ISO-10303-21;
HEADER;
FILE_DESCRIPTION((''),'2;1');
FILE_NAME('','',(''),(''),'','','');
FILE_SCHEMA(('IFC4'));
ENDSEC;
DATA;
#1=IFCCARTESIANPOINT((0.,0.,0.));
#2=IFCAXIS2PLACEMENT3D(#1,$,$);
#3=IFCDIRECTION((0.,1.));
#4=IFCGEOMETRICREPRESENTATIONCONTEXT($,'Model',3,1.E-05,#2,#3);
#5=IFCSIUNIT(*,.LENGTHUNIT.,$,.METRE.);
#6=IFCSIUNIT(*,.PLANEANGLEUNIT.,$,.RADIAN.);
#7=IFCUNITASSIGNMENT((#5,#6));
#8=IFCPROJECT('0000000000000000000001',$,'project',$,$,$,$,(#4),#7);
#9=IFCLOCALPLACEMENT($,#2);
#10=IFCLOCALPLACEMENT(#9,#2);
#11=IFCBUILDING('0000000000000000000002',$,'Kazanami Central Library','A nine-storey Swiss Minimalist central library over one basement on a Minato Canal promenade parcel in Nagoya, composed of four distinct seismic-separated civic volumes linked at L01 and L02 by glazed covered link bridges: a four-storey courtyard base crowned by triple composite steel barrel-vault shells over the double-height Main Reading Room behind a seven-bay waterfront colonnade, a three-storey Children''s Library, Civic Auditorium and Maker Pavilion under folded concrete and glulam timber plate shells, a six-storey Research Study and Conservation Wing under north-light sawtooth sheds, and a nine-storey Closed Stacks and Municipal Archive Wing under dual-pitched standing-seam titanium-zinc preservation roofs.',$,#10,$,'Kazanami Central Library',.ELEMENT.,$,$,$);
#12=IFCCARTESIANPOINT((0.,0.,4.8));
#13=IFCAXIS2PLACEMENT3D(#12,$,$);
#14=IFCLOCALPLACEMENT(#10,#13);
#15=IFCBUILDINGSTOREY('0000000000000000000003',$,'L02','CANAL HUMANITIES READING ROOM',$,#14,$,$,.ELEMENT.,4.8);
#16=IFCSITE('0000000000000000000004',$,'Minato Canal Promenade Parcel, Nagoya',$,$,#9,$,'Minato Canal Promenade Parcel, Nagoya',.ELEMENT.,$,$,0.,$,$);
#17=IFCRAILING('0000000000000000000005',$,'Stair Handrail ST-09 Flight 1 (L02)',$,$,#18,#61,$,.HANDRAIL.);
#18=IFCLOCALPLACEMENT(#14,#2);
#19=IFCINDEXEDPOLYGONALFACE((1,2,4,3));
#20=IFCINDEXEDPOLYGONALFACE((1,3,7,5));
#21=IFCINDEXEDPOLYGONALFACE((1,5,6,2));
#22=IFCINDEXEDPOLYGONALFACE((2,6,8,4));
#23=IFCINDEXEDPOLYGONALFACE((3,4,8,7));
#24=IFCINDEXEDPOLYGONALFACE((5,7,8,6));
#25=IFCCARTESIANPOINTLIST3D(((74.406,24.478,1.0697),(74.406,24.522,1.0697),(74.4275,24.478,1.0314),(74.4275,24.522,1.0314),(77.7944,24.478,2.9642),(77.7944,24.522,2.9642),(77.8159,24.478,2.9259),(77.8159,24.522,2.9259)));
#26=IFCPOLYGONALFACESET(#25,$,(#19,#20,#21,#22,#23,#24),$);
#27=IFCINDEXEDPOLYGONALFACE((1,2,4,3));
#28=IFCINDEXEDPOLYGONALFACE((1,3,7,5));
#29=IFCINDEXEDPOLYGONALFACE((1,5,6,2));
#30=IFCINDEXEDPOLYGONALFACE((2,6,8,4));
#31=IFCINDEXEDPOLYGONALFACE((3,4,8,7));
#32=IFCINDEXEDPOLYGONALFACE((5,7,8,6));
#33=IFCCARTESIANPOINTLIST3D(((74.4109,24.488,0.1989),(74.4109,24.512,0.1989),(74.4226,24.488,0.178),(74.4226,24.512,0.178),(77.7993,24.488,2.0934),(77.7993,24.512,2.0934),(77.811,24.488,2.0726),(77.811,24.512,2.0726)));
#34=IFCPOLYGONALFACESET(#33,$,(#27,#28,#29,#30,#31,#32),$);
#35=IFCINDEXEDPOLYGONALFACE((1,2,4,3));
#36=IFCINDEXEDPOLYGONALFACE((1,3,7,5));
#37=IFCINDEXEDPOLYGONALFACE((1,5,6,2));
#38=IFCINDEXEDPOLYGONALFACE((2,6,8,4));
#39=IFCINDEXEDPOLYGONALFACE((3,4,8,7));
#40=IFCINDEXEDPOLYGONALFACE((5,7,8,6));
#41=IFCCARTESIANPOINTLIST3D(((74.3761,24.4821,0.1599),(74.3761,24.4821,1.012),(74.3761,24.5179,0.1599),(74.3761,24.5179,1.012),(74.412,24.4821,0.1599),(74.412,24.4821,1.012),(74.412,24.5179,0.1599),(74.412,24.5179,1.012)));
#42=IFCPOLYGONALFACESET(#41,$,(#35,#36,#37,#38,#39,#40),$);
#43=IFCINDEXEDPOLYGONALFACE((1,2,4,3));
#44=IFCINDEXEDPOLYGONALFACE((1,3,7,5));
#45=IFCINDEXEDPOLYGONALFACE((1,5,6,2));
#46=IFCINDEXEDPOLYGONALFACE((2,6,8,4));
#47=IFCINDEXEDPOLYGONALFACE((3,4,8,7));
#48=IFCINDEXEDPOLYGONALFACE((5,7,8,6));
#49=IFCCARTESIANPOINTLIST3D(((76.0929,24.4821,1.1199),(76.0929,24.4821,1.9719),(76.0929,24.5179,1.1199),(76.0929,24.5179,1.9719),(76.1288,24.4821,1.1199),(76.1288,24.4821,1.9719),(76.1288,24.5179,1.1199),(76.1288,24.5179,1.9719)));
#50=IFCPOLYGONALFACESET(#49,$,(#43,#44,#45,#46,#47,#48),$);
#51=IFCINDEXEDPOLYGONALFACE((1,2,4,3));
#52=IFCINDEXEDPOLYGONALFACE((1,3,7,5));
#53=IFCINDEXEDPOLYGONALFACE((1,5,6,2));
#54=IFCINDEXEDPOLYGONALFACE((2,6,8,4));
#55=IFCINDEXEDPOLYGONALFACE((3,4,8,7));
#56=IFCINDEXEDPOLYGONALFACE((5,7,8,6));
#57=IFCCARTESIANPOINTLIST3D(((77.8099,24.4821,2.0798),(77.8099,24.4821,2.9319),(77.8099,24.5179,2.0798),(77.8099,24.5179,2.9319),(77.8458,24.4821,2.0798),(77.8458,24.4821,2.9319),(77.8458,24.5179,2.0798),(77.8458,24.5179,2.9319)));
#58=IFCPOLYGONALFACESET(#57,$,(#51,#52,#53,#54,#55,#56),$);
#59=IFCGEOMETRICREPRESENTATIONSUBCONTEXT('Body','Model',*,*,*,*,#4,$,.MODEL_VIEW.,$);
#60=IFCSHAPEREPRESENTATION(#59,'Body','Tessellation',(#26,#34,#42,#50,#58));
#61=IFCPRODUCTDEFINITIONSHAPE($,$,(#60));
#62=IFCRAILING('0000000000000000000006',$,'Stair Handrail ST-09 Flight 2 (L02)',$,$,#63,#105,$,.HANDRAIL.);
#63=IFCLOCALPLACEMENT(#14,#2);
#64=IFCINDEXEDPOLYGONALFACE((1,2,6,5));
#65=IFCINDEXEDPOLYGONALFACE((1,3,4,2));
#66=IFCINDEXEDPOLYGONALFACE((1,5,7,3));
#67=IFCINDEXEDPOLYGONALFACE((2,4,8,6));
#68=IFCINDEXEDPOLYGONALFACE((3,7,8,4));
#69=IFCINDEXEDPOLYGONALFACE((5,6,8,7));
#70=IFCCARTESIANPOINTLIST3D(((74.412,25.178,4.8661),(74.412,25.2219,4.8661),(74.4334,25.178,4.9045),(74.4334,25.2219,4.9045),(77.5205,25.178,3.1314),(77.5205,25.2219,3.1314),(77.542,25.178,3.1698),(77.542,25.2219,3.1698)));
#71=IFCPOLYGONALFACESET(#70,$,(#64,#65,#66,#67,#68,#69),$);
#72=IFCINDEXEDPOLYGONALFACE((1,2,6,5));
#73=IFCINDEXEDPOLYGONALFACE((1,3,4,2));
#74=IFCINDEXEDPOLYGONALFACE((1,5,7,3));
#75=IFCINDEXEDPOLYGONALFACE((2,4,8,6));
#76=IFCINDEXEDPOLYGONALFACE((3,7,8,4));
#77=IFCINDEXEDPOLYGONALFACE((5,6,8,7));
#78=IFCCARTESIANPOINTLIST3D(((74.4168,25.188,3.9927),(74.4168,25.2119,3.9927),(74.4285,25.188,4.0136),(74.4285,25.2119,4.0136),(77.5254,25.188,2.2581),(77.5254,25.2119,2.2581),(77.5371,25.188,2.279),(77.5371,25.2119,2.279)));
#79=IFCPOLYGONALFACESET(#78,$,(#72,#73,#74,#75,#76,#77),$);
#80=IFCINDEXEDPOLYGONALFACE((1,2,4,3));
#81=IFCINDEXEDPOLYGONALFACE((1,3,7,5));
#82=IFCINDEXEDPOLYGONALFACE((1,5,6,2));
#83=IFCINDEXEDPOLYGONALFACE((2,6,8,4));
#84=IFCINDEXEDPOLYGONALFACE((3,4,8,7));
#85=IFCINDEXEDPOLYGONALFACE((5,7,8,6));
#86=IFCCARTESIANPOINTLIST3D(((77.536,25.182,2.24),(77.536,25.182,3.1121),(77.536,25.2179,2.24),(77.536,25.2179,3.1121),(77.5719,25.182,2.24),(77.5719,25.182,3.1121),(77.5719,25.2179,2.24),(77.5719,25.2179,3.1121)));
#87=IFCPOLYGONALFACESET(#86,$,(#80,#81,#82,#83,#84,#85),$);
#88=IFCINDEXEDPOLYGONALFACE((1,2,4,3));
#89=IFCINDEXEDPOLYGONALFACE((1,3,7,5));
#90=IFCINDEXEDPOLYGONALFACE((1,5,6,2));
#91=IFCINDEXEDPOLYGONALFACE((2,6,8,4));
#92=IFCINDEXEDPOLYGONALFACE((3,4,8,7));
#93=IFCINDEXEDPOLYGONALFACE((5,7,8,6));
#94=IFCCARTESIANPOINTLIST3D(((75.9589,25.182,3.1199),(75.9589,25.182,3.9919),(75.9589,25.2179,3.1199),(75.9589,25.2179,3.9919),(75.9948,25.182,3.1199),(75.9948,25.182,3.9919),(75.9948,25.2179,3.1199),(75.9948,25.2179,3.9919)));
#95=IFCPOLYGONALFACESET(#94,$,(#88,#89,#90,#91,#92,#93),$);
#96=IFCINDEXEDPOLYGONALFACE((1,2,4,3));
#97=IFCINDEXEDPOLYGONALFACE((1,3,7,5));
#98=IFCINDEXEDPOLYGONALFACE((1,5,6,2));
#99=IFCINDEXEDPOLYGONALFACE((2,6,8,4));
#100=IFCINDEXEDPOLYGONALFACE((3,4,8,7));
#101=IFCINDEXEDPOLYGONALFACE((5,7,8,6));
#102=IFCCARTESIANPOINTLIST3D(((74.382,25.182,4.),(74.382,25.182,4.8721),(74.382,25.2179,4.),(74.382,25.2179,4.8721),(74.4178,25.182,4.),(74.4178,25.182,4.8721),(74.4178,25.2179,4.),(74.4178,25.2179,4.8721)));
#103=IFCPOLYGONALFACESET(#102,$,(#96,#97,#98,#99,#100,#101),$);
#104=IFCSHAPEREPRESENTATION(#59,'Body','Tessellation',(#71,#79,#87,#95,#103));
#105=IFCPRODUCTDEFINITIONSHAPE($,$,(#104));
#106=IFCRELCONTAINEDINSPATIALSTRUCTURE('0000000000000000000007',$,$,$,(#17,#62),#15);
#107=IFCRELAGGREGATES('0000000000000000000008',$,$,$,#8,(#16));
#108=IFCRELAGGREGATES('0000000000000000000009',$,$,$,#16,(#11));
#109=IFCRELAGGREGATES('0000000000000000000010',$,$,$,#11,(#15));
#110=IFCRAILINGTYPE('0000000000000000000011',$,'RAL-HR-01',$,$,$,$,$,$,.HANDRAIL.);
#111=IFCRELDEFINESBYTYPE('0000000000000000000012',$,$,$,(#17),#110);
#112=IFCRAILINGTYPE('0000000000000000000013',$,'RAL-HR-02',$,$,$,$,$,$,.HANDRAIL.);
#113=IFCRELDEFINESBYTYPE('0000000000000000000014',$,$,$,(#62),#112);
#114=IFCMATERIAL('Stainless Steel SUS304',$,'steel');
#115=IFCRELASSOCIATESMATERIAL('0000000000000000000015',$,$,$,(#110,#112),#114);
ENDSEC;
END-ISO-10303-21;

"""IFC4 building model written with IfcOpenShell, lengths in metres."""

from ifc_helpers import new_model, si_unit, direction, frame, origin, origin_2d, place, context, subcontext, project, spatial, rectangle, extrude, material, type_object, element, save


model = new_model("IFC4")

# Units and contexts
model_context = context("Model", 3, precision=1e-05, world=origin(), true_north=direction((0.0, 1.0)))
body_context = subcontext(model_context, "Body", "Model", "MODEL_VIEW")
ifc_project = project(units=[si_unit("LENGTHUNIT", "METRE"), si_unit("PLANEANGLEUNIT", "RADIAN")], contexts=[model_context])

# Site, building, storey
site_placement = place(None, origin())
site = spatial("IfcSite", under=ifc_project, at=site_placement, Name="Minato Canal Promenade Parcel, Nagoya", LongName="Minato Canal Promenade Parcel, Nagoya", CompositionType="ELEMENT", RefElevation=0.0)
building_placement = place(site_placement, origin())
building = spatial("IfcBuilding", under=site, at=building_placement, Name="Kazanami Central Library", Description="A nine-storey Swiss Minimalist central library over one basement on a Minato Canal promenade parcel in Nagoya, composed of four distinct seismic-separated civic volumes linked at L01 and L02 by glazed covered link bridges: a four-storey courtyard base crowned by triple composite steel barrel-vault shells over the double-height Main Reading Room behind a seven-bay waterfront colonnade, a three-storey Children's Library, Civic Auditorium and Maker Pavilion under folded concrete and glulam timber plate shells, a six-storey Research Study and Conservation Wing under north-light sawtooth sheds, and a nine-storey Closed Stacks and Municipal Archive Wing under dual-pitched standing-seam titanium-zinc preservation roofs.", LongName="Kazanami Central Library", CompositionType="ELEMENT")
storey_placement = place(building_placement, frame((0.0, 0.0, 4.8)))
storey = spatial("IfcBuildingStorey", under=building, at=storey_placement, Name="L02", Description="CANAL HUMANITIES READING ROOM", CompositionType="ELEMENT", Elevation=4.8)

# Railings
ifc_material_1 = material(Name="Stainless Steel SUS304", Category="steel")
railing_type_1 = type_object("IfcRailingType", Name="RAL-HR-01", PredefinedType="HANDRAIL", material=ifc_material_1)
railing_1_placement = place(storey_placement, frame((74.394, 24.5, 0.1599)))
element("IfcRailing", 1, at=railing_1_placement, inside=storey, type_object=railing_type_1, Name="Stair Handrail ST-09 Flight 1 (L02)", PredefinedType="HANDRAIL", context=body_context, shape_type="SweptSolid", body=[
    extrude(rectangle(XDim=0.0439, YDim=0.0439, at=origin_2d()), frame((0.0227, 0.0, 0.8906), z_axis=(0.872834, 0.0, 0.488017), x_axis=(0.0, 1.0, 0.0)), (0.0, 0.0, 1.0), 3.8821),
    extrude(rectangle(XDim=0.0239, YDim=0.0239, at=origin_2d()), frame((0.0227, 0.0, 0.0286), z_axis=(0.872834, 0.0, 0.488017), x_axis=(0.0, 1.0, 0.0)), (0.0, 0.0, 1.0), 3.8821),
    extrude(rectangle(XDim=0.0359, YDim=0.0359, at=origin_2d()), origin(), (0.0, 0.0, 1.0), 0.8521),
    extrude(rectangle(XDim=0.0359, YDim=0.0359, at=origin_2d()), frame((1.7168, 0.0, 0.96)), (0.0, 0.0, 1.0), 0.8521),
    extrude(rectangle(XDim=0.0359, YDim=0.0359, at=origin_2d()), frame((3.4338, 0.0, 1.9199)), (0.0, 0.0, 1.0), 0.8521),
])
railing_type_2 = type_object("IfcRailingType", Name="RAL-HR-02", PredefinedType="HANDRAIL", material=ifc_material_1)
railing_2_placement = place(storey_placement, frame((77.554, 25.2, 2.24)))
element("IfcRailing", 2, at=railing_2_placement, inside=storey, type_object=railing_type_2, Name="Stair Handrail ST-09 Flight 2 (L02)", PredefinedType="HANDRAIL", context=body_context, shape_type="SweptSolid", body=[
    extrude(rectangle(XDim=0.0439, YDim=0.0439, at=origin_2d()), frame((-0.0227, 0.0, 0.9106), z_axis=(-0.873244, 0.0, 0.487283), x_axis=(0.0, -1.0, 0.0)), (0.0, 0.0, 1.0), 3.5598),
    extrude(rectangle(XDim=0.0239, YDim=0.0239, at=origin_2d()), frame((-0.0227, 0.0, 0.0286), z_axis=(-0.873244, 0.0, 0.487283), x_axis=(0.0, -1.0, 0.0)), (0.0, 0.0, 1.0), 3.5598),
    extrude(rectangle(XDim=0.0359, YDim=0.0359, at=origin_2d()), origin(), (0.0, 0.0, 1.0), 0.8721),
    extrude(rectangle(XDim=0.0359, YDim=0.0359, at=origin_2d()), frame((-1.5771, 0.0, 0.8799)), (0.0, 0.0, 1.0), 0.8721),
    extrude(rectangle(XDim=0.0359, YDim=0.0359, at=origin_2d()), frame((-3.1541, 0.0, 1.76)), (0.0, 0.0, 1.0), 0.8721),
])

save(model, "model.ifc")
